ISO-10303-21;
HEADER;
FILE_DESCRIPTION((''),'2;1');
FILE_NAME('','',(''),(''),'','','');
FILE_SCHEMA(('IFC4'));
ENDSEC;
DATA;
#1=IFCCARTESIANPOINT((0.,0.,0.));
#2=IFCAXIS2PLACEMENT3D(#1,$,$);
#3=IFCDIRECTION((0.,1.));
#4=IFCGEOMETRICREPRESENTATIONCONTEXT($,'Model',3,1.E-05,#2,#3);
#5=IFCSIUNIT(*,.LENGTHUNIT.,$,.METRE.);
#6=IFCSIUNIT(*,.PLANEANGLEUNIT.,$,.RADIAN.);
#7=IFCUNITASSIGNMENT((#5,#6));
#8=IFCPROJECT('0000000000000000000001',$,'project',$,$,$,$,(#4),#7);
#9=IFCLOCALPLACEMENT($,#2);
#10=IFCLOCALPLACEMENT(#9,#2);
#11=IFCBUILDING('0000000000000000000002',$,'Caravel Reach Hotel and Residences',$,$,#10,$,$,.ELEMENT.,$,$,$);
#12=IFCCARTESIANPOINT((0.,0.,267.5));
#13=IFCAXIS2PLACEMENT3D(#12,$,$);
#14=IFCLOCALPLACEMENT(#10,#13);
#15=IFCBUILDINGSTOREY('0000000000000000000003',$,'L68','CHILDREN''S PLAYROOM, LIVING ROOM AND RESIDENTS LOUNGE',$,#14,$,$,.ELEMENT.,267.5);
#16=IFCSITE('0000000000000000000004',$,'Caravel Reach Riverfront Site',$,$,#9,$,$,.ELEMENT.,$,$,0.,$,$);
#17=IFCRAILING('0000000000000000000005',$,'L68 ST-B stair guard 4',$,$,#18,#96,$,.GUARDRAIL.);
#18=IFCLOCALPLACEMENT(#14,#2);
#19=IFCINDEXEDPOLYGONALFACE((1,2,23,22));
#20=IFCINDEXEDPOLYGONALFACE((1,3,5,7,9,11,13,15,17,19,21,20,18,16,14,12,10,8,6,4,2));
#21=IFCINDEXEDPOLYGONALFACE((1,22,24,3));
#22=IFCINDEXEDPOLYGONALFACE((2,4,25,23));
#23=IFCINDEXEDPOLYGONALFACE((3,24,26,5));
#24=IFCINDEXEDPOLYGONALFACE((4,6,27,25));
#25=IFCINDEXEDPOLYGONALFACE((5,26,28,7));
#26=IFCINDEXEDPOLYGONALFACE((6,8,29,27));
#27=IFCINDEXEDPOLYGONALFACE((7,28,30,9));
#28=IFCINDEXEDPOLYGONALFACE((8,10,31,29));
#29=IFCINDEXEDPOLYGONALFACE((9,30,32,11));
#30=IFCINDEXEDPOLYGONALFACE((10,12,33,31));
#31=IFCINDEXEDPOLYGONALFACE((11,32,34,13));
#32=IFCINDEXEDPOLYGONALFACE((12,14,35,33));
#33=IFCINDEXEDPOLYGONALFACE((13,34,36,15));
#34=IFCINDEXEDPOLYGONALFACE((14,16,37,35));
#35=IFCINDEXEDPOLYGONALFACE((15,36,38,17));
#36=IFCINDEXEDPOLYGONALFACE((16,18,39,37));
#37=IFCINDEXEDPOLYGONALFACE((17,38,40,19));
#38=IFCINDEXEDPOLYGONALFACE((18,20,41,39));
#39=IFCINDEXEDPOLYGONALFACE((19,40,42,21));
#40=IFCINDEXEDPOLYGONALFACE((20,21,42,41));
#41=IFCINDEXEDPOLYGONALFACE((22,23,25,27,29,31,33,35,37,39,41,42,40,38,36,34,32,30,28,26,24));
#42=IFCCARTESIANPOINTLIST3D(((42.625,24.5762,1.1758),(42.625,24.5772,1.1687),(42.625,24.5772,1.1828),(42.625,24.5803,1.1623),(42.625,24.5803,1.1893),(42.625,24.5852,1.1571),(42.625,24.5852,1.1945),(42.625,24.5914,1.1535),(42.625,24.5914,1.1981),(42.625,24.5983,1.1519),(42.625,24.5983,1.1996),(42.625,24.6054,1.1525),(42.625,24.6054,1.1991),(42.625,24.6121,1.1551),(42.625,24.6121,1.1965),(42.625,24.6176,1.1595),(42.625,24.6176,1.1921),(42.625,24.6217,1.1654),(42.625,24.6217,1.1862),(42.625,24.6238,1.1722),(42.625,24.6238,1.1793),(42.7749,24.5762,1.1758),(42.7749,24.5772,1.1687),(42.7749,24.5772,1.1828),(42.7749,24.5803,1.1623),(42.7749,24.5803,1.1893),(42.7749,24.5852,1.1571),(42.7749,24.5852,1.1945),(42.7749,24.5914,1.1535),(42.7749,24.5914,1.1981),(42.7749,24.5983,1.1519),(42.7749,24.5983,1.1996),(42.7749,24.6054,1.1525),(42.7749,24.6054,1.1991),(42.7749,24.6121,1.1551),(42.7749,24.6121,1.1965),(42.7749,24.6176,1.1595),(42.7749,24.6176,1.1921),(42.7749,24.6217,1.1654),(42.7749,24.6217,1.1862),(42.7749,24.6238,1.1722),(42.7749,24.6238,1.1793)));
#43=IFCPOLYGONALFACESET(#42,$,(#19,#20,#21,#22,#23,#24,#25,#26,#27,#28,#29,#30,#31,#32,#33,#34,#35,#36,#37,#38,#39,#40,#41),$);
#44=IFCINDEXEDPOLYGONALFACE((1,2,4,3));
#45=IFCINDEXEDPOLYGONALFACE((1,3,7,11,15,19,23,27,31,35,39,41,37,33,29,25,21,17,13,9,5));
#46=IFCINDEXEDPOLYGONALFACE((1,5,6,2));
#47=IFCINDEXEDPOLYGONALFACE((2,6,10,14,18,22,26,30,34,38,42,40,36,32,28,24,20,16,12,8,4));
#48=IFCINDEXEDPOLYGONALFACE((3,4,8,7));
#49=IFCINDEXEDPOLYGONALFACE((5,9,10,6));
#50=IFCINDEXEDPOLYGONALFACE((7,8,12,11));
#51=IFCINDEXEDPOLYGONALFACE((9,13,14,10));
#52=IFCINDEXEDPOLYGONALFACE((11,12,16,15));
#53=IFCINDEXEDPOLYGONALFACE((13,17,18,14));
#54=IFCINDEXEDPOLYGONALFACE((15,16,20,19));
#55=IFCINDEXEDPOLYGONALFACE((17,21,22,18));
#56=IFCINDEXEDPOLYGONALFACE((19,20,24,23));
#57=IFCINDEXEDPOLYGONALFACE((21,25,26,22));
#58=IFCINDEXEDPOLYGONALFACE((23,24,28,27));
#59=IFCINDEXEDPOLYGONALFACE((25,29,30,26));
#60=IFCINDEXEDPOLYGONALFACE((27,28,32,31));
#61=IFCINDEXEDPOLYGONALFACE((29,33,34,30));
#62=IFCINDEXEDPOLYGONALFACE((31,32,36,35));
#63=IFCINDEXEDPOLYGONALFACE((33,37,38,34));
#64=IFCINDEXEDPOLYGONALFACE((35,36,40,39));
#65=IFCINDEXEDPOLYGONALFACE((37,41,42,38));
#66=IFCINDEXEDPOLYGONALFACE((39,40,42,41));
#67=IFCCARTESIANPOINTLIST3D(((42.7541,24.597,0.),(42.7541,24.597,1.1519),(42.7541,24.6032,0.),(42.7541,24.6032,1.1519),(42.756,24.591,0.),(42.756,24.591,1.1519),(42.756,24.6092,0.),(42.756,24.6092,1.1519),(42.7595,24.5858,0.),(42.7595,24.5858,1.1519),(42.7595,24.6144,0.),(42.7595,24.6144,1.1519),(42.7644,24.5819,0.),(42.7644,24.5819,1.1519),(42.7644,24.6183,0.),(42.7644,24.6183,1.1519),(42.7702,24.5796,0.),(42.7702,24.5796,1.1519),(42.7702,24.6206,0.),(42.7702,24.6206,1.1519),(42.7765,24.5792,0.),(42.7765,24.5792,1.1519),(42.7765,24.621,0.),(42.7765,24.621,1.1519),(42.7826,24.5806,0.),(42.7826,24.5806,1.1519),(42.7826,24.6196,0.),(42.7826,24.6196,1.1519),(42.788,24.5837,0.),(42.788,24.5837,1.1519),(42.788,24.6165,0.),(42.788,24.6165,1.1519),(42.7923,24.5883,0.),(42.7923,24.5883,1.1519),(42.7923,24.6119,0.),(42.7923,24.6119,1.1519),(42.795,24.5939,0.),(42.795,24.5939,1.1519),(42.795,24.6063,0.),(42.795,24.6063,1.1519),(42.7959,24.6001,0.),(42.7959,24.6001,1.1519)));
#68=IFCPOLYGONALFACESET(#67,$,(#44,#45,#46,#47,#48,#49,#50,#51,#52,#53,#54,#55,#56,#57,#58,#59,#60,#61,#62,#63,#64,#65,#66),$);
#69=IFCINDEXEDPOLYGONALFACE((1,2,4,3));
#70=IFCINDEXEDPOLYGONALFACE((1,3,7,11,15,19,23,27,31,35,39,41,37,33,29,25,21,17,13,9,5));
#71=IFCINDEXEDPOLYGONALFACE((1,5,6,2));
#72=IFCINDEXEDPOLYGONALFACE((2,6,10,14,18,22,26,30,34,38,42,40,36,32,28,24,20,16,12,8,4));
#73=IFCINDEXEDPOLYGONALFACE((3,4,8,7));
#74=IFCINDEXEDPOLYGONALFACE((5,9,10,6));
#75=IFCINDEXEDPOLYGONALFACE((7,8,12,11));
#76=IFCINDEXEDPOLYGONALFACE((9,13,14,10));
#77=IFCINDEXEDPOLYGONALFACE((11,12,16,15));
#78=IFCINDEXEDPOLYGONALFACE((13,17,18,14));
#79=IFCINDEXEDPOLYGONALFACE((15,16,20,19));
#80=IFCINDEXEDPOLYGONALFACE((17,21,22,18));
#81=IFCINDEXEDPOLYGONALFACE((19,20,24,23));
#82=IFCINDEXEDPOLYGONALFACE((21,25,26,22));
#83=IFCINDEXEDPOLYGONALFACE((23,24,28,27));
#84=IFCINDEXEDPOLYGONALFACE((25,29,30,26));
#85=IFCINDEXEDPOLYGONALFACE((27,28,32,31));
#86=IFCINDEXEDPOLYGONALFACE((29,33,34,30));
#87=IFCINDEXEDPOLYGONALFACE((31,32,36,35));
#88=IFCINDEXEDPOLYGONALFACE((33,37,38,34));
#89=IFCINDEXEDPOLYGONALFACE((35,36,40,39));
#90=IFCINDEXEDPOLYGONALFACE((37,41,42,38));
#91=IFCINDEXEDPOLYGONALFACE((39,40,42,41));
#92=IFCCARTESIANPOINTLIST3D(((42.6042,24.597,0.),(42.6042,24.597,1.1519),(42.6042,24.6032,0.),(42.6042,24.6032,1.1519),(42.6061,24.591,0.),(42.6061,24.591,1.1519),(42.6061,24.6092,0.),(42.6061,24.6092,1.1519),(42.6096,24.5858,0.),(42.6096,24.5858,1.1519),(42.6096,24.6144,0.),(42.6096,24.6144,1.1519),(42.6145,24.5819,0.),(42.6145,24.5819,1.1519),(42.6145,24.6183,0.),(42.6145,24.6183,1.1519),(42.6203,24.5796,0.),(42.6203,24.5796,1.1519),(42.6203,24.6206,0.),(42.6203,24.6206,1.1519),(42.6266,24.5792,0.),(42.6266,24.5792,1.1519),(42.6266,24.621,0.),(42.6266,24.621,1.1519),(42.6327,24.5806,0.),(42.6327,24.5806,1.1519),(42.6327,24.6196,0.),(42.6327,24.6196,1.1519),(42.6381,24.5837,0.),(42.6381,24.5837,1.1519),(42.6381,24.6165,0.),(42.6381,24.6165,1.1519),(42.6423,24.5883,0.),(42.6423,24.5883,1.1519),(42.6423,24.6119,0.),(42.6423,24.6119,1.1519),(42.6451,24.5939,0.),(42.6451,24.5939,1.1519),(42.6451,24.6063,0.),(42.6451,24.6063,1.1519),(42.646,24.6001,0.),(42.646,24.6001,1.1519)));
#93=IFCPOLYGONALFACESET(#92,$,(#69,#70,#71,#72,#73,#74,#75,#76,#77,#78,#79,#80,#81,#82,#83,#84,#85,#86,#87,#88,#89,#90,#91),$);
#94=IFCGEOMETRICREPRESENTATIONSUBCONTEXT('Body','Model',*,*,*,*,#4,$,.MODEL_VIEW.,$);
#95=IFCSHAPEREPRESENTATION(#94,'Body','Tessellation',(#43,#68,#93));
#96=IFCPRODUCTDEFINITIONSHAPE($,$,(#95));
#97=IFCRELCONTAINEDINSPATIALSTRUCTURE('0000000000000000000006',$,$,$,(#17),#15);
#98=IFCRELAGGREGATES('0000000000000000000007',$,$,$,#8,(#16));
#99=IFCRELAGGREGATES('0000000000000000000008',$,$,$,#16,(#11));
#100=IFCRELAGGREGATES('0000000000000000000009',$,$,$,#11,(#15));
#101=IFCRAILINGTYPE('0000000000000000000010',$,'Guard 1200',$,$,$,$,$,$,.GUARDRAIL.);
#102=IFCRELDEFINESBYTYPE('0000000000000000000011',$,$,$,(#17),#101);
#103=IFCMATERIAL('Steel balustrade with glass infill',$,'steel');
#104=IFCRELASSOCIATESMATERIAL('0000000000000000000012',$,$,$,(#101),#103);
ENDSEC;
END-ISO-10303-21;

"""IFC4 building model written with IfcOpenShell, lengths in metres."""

from ifc_helpers import new_model, si_unit, direction, frame, origin, origin_2d, place, context, subcontext, project, spatial, circle, extrude, material, type_object, element, save


model = new_model("IFC4")

# Units and contexts
model_context = context("Model", 3, precision=1e-05, world=origin(), true_north=direction((0.0, 1.0)))
body_context = subcontext(model_context, "Body", "Model", "MODEL_VIEW")
ifc_project = project(units=[si_unit("LENGTHUNIT", "METRE"), si_unit("PLANEANGLEUNIT", "RADIAN")], contexts=[model_context])

# Site, building, storey
site_placement = place(None, origin())
site = spatial("IfcSite", under=ifc_project, at=site_placement, Name="Caravel Reach Riverfront Site", CompositionType="ELEMENT", RefElevation=0.0)
building_placement = place(site_placement, origin())
building = spatial("IfcBuilding", under=site, at=building_placement, Name="Caravel Reach Hotel and Residences", CompositionType="ELEMENT")
storey_placement = place(building_placement, frame((0.0, 0.0, 267.5)))
storey = spatial("IfcBuildingStorey", under=building, at=storey_placement, Name="L68", Description="CHILDREN'S PLAYROOM, LIVING ROOM AND RESIDENTS LOUNGE", CompositionType="ELEMENT", Elevation=267.5)

# Railing
ifc_material_1 = material(Name="Steel balustrade with glass infill", Category="steel")
railing_type_1 = type_object("IfcRailingType", Name="Guard 1200", PredefinedType="GUARDRAIL", material=ifc_material_1)
railing_1_placement = place(storey_placement, frame((42.7749, 24.6001, 0.0)))
element("IfcRailing", 1, at=railing_1_placement, inside=storey, type_object=railing_type_1, Name="L68 ST-B stair guard 4", PredefinedType="GUARDRAIL", context=body_context, shape_type="SweptSolid", body=[
    extrude(circle(Radius=0.0239, at=origin_2d()), frame((0.0, 0.0, 1.1758), z_axis=(-1.0, 0.0, 0.0), x_axis=(0.0, -1.0, 0.0)), (0.0, 0.0, 1.0), 0.1499),
    extrude(circle(Radius=0.021, at=origin_2d()), origin(), (0.0, 0.0, 1.0), 1.1519),
    extrude(circle(Radius=0.021, at=origin_2d()), frame((-0.1499, 0.0, 0.0)), (0.0, 0.0, 1.0), 1.1519),
])

save(model, "model.ifc")
